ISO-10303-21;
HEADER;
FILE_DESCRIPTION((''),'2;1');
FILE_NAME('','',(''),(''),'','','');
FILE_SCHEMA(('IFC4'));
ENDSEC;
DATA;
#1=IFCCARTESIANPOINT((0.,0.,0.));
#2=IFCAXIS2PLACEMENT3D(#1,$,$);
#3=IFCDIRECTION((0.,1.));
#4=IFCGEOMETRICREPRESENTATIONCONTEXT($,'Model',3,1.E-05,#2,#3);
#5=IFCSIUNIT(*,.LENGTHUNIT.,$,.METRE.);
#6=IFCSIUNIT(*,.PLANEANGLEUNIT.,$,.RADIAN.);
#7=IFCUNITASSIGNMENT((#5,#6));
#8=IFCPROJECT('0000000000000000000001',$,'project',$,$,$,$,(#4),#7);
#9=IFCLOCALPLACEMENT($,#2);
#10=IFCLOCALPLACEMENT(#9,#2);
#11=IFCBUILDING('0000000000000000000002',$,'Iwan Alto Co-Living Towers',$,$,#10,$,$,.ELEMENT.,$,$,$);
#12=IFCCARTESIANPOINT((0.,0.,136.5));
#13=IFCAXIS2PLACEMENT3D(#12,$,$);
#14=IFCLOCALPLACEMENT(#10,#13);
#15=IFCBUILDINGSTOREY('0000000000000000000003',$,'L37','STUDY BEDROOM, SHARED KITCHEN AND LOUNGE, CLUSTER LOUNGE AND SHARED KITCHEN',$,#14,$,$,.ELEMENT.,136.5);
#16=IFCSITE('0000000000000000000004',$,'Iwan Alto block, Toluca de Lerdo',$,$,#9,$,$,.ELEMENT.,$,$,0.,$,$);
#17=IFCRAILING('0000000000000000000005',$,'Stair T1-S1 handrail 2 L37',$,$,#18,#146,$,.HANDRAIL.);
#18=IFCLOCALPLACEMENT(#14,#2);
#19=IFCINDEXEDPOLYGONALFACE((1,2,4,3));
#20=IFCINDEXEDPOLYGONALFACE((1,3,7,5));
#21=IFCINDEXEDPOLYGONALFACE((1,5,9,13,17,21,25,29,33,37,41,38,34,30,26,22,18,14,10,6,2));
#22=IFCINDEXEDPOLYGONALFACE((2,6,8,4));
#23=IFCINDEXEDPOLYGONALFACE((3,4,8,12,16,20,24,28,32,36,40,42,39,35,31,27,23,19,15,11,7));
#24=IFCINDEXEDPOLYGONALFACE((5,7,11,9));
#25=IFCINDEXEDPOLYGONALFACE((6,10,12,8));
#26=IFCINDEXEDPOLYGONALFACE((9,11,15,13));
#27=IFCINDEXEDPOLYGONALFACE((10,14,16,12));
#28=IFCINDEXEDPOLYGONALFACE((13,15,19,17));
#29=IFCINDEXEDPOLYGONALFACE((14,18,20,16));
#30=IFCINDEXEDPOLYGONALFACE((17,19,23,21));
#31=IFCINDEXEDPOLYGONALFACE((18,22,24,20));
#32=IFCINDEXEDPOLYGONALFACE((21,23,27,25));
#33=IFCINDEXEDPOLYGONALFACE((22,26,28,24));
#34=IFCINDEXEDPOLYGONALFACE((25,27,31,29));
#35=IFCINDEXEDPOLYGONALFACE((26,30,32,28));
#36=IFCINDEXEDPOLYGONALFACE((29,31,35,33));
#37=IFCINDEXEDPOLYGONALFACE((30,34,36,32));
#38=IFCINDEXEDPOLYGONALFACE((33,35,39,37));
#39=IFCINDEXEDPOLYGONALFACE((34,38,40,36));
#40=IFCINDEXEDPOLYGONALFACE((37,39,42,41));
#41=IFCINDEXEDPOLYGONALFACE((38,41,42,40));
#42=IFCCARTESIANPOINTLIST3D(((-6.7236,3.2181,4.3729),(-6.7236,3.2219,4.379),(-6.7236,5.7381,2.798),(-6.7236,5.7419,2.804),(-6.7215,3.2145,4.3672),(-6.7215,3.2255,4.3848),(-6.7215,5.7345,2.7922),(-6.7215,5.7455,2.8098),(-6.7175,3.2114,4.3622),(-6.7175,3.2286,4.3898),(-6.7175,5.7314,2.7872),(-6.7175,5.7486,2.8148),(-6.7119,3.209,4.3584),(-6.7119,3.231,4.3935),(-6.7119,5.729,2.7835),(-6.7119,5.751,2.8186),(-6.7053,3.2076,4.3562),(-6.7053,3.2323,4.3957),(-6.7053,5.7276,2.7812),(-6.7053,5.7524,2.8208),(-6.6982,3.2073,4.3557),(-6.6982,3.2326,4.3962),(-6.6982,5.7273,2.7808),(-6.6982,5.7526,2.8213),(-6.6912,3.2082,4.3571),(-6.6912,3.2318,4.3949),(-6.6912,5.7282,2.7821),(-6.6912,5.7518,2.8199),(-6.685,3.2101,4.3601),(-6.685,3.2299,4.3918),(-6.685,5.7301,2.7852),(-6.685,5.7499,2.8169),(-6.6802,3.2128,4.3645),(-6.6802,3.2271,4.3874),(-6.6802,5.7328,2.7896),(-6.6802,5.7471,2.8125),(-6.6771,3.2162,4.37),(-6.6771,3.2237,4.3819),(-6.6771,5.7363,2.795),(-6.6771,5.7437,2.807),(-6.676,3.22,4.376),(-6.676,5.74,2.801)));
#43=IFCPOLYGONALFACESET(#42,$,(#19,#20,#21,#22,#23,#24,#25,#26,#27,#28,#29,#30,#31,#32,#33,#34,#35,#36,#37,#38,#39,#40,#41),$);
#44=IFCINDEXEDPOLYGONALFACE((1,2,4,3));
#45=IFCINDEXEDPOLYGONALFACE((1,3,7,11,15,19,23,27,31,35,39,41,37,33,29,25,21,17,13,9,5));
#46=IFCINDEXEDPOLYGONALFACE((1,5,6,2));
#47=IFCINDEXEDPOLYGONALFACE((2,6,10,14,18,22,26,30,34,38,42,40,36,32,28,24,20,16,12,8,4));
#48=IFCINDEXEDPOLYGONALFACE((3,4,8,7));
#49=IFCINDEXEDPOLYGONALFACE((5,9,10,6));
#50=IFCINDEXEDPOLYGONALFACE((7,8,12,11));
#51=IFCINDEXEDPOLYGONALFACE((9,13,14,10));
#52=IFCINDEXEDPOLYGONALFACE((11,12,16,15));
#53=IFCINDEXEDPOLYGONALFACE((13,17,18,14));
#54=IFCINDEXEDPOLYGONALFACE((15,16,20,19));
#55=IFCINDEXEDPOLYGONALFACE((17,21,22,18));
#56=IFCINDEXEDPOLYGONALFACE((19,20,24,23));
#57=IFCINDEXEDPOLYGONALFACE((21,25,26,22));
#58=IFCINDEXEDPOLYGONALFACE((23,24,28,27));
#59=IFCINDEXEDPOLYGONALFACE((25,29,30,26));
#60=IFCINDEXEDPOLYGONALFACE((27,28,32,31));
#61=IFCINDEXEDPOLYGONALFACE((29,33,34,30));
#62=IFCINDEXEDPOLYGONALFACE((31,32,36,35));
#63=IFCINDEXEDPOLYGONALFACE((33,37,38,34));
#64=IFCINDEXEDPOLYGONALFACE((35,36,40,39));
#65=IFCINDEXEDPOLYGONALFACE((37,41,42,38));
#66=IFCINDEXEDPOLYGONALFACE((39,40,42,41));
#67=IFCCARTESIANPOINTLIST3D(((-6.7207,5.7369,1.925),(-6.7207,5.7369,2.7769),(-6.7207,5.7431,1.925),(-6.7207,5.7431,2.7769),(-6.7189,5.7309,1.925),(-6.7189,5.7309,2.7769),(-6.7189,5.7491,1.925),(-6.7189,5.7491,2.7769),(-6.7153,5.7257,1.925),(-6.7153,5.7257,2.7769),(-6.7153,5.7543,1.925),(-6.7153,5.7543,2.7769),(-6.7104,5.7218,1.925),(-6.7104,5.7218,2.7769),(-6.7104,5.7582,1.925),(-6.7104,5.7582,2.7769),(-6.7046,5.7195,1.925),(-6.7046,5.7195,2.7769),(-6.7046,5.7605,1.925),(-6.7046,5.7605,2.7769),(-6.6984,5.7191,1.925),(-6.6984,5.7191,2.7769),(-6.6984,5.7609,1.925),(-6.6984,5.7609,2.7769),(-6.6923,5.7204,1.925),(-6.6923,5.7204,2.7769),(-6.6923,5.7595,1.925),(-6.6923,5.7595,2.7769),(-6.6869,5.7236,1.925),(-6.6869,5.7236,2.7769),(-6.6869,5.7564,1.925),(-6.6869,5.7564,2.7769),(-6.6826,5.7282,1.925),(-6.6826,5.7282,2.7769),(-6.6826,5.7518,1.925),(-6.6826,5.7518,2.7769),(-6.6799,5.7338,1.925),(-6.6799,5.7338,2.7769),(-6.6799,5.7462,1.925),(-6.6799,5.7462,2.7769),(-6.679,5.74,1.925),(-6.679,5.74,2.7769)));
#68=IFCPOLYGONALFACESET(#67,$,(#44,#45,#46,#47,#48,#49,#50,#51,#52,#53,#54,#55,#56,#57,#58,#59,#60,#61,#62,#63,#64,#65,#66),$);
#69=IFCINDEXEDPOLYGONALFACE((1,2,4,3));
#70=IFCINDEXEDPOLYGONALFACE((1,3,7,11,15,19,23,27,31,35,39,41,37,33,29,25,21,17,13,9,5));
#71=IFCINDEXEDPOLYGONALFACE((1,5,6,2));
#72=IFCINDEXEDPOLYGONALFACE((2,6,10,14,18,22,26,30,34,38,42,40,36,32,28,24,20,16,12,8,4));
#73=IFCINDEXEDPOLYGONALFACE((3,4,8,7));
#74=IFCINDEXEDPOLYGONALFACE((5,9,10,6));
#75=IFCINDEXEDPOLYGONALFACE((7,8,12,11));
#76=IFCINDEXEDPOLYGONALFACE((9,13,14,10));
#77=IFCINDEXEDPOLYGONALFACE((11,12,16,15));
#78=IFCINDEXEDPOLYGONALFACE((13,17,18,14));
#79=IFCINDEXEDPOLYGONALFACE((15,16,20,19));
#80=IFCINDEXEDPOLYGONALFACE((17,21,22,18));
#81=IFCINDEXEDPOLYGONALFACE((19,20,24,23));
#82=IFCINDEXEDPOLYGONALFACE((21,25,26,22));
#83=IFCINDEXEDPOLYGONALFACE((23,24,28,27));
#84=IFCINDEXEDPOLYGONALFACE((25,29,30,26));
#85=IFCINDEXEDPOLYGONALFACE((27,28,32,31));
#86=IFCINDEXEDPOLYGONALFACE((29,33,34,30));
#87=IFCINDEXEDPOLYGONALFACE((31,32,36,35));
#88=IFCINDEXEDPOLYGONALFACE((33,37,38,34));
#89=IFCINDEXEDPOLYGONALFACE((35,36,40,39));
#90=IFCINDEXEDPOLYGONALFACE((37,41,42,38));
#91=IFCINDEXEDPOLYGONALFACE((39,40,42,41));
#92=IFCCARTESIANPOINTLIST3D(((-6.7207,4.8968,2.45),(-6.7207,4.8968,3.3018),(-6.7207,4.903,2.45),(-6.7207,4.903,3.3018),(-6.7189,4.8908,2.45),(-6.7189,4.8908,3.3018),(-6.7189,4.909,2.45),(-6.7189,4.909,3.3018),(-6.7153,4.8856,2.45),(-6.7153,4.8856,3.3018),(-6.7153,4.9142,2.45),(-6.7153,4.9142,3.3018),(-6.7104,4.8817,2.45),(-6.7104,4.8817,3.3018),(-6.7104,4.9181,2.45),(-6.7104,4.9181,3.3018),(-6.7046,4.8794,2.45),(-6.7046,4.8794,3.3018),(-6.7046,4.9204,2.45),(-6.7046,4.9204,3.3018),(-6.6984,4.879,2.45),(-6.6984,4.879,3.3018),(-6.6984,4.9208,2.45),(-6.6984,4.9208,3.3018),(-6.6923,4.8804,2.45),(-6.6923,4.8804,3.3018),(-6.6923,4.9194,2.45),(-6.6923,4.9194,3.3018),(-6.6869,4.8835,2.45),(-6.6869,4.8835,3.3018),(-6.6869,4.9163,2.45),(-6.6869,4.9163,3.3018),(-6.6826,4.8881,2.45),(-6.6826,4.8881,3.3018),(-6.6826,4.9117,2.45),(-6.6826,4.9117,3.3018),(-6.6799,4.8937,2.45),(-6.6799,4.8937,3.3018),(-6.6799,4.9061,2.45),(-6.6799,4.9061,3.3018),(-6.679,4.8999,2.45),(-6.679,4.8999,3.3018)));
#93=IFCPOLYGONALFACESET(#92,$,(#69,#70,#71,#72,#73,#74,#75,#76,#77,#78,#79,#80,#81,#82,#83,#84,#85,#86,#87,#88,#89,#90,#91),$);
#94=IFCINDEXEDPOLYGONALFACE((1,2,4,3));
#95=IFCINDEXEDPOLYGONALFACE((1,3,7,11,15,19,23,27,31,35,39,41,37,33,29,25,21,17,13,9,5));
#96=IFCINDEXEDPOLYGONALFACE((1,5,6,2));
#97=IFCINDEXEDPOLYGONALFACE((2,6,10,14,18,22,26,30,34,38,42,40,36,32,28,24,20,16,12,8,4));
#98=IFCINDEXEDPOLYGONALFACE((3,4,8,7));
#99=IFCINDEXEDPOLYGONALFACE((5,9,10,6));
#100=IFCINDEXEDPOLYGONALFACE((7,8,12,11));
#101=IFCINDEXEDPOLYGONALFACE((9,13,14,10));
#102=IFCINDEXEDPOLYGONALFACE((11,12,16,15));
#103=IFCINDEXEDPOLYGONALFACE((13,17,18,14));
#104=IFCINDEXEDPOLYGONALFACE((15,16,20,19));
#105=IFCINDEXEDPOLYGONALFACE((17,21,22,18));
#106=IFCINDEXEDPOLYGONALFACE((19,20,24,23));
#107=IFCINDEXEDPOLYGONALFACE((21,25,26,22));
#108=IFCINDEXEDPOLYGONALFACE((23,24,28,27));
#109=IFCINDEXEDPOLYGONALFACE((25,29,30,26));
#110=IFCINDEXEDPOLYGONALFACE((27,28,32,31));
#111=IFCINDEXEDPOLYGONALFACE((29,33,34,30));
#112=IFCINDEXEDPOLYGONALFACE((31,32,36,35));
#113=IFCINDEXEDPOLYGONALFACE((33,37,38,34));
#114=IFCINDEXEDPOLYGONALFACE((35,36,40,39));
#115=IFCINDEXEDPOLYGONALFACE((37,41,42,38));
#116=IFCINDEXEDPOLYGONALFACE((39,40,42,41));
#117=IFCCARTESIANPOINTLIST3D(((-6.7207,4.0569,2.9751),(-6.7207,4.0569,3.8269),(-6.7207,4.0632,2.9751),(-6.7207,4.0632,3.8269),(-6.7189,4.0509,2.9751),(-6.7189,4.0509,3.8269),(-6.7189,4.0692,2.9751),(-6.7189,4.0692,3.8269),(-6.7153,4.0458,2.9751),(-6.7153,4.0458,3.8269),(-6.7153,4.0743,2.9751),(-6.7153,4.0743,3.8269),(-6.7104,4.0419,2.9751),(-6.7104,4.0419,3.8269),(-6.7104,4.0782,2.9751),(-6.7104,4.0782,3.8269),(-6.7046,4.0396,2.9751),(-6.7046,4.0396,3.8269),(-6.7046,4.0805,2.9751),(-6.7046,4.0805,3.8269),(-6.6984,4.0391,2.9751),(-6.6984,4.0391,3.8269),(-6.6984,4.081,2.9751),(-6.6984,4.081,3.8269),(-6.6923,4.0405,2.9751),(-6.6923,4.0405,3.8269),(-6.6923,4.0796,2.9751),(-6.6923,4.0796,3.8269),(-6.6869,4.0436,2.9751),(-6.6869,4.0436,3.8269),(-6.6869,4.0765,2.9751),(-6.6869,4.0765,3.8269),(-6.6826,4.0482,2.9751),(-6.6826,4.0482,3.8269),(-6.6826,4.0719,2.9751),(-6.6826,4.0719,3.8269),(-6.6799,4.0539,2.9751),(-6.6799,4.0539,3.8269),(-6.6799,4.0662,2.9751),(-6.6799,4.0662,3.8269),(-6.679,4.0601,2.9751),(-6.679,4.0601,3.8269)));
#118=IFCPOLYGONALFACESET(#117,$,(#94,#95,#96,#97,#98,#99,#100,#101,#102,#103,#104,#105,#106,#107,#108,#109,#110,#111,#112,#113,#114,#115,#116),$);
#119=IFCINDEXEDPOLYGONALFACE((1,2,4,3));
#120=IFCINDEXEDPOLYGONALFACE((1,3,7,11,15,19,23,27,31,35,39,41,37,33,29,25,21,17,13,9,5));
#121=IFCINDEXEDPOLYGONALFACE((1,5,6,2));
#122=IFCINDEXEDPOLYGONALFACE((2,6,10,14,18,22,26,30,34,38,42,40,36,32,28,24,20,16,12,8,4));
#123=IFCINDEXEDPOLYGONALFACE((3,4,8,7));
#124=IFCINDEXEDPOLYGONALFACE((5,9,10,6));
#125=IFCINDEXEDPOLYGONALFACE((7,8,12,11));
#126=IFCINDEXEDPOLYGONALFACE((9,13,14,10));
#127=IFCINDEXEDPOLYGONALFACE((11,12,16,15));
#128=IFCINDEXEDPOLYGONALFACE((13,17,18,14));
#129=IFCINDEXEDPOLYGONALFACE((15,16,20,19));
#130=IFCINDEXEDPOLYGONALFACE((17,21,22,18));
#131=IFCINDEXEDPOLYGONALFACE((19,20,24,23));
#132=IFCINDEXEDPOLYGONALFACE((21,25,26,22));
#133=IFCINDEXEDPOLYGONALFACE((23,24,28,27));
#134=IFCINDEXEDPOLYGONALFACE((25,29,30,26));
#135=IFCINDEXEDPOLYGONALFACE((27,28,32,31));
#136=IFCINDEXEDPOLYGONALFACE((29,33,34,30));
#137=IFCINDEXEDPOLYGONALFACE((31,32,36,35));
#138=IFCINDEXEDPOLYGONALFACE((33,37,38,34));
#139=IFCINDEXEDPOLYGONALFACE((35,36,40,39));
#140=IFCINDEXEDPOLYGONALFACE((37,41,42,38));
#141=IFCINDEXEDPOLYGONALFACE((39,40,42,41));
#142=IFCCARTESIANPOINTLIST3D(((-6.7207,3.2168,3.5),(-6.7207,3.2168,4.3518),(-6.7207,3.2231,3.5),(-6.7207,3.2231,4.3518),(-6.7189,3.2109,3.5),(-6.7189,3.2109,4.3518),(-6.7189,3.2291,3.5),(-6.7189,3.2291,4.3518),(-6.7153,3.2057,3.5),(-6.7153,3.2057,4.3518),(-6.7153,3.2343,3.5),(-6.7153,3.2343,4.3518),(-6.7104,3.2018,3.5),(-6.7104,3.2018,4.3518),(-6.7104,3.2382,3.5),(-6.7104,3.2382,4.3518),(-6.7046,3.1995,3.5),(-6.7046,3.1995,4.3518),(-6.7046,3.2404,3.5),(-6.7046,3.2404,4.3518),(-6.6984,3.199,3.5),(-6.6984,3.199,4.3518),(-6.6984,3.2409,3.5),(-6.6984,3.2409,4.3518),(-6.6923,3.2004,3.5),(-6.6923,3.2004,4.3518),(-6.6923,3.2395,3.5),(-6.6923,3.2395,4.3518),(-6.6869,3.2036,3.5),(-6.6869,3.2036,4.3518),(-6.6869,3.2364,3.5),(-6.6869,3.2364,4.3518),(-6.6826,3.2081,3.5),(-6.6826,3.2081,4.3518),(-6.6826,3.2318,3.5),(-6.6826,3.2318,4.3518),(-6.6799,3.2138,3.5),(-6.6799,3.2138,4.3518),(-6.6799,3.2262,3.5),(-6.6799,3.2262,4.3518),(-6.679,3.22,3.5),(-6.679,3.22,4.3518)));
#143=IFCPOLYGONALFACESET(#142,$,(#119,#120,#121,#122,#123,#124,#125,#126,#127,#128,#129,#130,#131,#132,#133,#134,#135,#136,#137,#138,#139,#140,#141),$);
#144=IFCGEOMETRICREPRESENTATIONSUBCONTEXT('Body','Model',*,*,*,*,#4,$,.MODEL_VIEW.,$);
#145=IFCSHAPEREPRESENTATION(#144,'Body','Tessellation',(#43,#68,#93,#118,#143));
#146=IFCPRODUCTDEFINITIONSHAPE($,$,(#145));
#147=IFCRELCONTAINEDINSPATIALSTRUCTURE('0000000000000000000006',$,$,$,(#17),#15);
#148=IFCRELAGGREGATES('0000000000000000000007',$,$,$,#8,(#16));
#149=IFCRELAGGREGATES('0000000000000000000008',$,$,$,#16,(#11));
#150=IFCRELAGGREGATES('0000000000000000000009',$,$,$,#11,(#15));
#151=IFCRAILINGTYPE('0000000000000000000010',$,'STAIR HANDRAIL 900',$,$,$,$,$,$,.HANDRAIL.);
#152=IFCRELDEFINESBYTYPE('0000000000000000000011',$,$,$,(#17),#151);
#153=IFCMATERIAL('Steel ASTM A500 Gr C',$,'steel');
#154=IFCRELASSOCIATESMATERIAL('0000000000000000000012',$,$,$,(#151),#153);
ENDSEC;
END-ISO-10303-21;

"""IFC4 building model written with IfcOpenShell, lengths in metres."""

from ifc_helpers import new_model, si_unit, direction, frame, origin, origin_2d, place, context, subcontext, project, spatial, circle, extrude, material, type_object, element, save


model = new_model("IFC4")

# Units and contexts
model_context = context("Model", 3, precision=1e-05, world=origin(), true_north=direction((0.0, 1.0)))
body_context = subcontext(model_context, "Body", "Model", "MODEL_VIEW")
ifc_project = project(units=[si_unit("LENGTHUNIT", "METRE"), si_unit("PLANEANGLEUNIT", "RADIAN")], contexts=[model_context])

# Site, building, storey
site_placement = place(None, origin())
site = spatial("IfcSite", under=ifc_project, at=site_placement, Name="Iwan Alto block, Toluca de Lerdo", CompositionType="ELEMENT", RefElevation=0.0)
building_placement = place(site_placement, origin())
building = spatial("IfcBuilding", under=site, at=building_placement, Name="Iwan Alto Co-Living Towers", CompositionType="ELEMENT")
storey_placement = place(building_placement, frame((0.0, 0.0, 136.5)))
storey = spatial("IfcBuildingStorey", under=building, at=storey_placement, Name="L37", Description="STUDY BEDROOM, SHARED KITCHEN AND LOUNGE, CLUSTER LOUNGE AND SHARED KITCHEN", CompositionType="ELEMENT", Elevation=136.5)

# Railing
ifc_material_1 = material(Name="Steel ASTM A500 Gr C", Category="steel")
railing_type_1 = type_object("IfcRailingType", Name="STAIR HANDRAIL 900", PredefinedType="HANDRAIL", material=ifc_material_1)
railing_1_placement = place(storey_placement, frame((-6.7, 5.74, 1.925)))
element("IfcRailing", 1, at=railing_1_placement, inside=storey, type_object=railing_type_1, Name="Stair T1-S1 handrail 2 L37", PredefinedType="HANDRAIL", context=body_context, shape_type="SweptSolid", body=[
    extrude(circle(Radius=0.0239, at=origin_2d()), frame((0.0, 0.0, 0.876), z_axis=(0.0, -0.848008, 0.529984), x_axis=(1.0, 0.0, 0.0)), (0.0, 0.0, 1.0), 2.9717),
    extrude(circle(Radius=0.021, at=origin_2d()), origin(), (0.0, 0.0, 1.0), 0.8518),
    extrude(circle(Radius=0.021, at=origin_2d()), frame((0.0, -0.8401, 0.5249)), (0.0, 0.0, 1.0), 0.8518),
    extrude(circle(Radius=0.021, at=origin_2d()), frame((0.0, -1.6799, 1.05)), (0.0, 0.0, 1.0), 0.8518),
    extrude(circle(Radius=0.021, at=origin_2d()), frame((0.0, -2.52, 1.575)), (0.0, 0.0, 1.0), 0.8518),
])

save(model, "model.ifc")
